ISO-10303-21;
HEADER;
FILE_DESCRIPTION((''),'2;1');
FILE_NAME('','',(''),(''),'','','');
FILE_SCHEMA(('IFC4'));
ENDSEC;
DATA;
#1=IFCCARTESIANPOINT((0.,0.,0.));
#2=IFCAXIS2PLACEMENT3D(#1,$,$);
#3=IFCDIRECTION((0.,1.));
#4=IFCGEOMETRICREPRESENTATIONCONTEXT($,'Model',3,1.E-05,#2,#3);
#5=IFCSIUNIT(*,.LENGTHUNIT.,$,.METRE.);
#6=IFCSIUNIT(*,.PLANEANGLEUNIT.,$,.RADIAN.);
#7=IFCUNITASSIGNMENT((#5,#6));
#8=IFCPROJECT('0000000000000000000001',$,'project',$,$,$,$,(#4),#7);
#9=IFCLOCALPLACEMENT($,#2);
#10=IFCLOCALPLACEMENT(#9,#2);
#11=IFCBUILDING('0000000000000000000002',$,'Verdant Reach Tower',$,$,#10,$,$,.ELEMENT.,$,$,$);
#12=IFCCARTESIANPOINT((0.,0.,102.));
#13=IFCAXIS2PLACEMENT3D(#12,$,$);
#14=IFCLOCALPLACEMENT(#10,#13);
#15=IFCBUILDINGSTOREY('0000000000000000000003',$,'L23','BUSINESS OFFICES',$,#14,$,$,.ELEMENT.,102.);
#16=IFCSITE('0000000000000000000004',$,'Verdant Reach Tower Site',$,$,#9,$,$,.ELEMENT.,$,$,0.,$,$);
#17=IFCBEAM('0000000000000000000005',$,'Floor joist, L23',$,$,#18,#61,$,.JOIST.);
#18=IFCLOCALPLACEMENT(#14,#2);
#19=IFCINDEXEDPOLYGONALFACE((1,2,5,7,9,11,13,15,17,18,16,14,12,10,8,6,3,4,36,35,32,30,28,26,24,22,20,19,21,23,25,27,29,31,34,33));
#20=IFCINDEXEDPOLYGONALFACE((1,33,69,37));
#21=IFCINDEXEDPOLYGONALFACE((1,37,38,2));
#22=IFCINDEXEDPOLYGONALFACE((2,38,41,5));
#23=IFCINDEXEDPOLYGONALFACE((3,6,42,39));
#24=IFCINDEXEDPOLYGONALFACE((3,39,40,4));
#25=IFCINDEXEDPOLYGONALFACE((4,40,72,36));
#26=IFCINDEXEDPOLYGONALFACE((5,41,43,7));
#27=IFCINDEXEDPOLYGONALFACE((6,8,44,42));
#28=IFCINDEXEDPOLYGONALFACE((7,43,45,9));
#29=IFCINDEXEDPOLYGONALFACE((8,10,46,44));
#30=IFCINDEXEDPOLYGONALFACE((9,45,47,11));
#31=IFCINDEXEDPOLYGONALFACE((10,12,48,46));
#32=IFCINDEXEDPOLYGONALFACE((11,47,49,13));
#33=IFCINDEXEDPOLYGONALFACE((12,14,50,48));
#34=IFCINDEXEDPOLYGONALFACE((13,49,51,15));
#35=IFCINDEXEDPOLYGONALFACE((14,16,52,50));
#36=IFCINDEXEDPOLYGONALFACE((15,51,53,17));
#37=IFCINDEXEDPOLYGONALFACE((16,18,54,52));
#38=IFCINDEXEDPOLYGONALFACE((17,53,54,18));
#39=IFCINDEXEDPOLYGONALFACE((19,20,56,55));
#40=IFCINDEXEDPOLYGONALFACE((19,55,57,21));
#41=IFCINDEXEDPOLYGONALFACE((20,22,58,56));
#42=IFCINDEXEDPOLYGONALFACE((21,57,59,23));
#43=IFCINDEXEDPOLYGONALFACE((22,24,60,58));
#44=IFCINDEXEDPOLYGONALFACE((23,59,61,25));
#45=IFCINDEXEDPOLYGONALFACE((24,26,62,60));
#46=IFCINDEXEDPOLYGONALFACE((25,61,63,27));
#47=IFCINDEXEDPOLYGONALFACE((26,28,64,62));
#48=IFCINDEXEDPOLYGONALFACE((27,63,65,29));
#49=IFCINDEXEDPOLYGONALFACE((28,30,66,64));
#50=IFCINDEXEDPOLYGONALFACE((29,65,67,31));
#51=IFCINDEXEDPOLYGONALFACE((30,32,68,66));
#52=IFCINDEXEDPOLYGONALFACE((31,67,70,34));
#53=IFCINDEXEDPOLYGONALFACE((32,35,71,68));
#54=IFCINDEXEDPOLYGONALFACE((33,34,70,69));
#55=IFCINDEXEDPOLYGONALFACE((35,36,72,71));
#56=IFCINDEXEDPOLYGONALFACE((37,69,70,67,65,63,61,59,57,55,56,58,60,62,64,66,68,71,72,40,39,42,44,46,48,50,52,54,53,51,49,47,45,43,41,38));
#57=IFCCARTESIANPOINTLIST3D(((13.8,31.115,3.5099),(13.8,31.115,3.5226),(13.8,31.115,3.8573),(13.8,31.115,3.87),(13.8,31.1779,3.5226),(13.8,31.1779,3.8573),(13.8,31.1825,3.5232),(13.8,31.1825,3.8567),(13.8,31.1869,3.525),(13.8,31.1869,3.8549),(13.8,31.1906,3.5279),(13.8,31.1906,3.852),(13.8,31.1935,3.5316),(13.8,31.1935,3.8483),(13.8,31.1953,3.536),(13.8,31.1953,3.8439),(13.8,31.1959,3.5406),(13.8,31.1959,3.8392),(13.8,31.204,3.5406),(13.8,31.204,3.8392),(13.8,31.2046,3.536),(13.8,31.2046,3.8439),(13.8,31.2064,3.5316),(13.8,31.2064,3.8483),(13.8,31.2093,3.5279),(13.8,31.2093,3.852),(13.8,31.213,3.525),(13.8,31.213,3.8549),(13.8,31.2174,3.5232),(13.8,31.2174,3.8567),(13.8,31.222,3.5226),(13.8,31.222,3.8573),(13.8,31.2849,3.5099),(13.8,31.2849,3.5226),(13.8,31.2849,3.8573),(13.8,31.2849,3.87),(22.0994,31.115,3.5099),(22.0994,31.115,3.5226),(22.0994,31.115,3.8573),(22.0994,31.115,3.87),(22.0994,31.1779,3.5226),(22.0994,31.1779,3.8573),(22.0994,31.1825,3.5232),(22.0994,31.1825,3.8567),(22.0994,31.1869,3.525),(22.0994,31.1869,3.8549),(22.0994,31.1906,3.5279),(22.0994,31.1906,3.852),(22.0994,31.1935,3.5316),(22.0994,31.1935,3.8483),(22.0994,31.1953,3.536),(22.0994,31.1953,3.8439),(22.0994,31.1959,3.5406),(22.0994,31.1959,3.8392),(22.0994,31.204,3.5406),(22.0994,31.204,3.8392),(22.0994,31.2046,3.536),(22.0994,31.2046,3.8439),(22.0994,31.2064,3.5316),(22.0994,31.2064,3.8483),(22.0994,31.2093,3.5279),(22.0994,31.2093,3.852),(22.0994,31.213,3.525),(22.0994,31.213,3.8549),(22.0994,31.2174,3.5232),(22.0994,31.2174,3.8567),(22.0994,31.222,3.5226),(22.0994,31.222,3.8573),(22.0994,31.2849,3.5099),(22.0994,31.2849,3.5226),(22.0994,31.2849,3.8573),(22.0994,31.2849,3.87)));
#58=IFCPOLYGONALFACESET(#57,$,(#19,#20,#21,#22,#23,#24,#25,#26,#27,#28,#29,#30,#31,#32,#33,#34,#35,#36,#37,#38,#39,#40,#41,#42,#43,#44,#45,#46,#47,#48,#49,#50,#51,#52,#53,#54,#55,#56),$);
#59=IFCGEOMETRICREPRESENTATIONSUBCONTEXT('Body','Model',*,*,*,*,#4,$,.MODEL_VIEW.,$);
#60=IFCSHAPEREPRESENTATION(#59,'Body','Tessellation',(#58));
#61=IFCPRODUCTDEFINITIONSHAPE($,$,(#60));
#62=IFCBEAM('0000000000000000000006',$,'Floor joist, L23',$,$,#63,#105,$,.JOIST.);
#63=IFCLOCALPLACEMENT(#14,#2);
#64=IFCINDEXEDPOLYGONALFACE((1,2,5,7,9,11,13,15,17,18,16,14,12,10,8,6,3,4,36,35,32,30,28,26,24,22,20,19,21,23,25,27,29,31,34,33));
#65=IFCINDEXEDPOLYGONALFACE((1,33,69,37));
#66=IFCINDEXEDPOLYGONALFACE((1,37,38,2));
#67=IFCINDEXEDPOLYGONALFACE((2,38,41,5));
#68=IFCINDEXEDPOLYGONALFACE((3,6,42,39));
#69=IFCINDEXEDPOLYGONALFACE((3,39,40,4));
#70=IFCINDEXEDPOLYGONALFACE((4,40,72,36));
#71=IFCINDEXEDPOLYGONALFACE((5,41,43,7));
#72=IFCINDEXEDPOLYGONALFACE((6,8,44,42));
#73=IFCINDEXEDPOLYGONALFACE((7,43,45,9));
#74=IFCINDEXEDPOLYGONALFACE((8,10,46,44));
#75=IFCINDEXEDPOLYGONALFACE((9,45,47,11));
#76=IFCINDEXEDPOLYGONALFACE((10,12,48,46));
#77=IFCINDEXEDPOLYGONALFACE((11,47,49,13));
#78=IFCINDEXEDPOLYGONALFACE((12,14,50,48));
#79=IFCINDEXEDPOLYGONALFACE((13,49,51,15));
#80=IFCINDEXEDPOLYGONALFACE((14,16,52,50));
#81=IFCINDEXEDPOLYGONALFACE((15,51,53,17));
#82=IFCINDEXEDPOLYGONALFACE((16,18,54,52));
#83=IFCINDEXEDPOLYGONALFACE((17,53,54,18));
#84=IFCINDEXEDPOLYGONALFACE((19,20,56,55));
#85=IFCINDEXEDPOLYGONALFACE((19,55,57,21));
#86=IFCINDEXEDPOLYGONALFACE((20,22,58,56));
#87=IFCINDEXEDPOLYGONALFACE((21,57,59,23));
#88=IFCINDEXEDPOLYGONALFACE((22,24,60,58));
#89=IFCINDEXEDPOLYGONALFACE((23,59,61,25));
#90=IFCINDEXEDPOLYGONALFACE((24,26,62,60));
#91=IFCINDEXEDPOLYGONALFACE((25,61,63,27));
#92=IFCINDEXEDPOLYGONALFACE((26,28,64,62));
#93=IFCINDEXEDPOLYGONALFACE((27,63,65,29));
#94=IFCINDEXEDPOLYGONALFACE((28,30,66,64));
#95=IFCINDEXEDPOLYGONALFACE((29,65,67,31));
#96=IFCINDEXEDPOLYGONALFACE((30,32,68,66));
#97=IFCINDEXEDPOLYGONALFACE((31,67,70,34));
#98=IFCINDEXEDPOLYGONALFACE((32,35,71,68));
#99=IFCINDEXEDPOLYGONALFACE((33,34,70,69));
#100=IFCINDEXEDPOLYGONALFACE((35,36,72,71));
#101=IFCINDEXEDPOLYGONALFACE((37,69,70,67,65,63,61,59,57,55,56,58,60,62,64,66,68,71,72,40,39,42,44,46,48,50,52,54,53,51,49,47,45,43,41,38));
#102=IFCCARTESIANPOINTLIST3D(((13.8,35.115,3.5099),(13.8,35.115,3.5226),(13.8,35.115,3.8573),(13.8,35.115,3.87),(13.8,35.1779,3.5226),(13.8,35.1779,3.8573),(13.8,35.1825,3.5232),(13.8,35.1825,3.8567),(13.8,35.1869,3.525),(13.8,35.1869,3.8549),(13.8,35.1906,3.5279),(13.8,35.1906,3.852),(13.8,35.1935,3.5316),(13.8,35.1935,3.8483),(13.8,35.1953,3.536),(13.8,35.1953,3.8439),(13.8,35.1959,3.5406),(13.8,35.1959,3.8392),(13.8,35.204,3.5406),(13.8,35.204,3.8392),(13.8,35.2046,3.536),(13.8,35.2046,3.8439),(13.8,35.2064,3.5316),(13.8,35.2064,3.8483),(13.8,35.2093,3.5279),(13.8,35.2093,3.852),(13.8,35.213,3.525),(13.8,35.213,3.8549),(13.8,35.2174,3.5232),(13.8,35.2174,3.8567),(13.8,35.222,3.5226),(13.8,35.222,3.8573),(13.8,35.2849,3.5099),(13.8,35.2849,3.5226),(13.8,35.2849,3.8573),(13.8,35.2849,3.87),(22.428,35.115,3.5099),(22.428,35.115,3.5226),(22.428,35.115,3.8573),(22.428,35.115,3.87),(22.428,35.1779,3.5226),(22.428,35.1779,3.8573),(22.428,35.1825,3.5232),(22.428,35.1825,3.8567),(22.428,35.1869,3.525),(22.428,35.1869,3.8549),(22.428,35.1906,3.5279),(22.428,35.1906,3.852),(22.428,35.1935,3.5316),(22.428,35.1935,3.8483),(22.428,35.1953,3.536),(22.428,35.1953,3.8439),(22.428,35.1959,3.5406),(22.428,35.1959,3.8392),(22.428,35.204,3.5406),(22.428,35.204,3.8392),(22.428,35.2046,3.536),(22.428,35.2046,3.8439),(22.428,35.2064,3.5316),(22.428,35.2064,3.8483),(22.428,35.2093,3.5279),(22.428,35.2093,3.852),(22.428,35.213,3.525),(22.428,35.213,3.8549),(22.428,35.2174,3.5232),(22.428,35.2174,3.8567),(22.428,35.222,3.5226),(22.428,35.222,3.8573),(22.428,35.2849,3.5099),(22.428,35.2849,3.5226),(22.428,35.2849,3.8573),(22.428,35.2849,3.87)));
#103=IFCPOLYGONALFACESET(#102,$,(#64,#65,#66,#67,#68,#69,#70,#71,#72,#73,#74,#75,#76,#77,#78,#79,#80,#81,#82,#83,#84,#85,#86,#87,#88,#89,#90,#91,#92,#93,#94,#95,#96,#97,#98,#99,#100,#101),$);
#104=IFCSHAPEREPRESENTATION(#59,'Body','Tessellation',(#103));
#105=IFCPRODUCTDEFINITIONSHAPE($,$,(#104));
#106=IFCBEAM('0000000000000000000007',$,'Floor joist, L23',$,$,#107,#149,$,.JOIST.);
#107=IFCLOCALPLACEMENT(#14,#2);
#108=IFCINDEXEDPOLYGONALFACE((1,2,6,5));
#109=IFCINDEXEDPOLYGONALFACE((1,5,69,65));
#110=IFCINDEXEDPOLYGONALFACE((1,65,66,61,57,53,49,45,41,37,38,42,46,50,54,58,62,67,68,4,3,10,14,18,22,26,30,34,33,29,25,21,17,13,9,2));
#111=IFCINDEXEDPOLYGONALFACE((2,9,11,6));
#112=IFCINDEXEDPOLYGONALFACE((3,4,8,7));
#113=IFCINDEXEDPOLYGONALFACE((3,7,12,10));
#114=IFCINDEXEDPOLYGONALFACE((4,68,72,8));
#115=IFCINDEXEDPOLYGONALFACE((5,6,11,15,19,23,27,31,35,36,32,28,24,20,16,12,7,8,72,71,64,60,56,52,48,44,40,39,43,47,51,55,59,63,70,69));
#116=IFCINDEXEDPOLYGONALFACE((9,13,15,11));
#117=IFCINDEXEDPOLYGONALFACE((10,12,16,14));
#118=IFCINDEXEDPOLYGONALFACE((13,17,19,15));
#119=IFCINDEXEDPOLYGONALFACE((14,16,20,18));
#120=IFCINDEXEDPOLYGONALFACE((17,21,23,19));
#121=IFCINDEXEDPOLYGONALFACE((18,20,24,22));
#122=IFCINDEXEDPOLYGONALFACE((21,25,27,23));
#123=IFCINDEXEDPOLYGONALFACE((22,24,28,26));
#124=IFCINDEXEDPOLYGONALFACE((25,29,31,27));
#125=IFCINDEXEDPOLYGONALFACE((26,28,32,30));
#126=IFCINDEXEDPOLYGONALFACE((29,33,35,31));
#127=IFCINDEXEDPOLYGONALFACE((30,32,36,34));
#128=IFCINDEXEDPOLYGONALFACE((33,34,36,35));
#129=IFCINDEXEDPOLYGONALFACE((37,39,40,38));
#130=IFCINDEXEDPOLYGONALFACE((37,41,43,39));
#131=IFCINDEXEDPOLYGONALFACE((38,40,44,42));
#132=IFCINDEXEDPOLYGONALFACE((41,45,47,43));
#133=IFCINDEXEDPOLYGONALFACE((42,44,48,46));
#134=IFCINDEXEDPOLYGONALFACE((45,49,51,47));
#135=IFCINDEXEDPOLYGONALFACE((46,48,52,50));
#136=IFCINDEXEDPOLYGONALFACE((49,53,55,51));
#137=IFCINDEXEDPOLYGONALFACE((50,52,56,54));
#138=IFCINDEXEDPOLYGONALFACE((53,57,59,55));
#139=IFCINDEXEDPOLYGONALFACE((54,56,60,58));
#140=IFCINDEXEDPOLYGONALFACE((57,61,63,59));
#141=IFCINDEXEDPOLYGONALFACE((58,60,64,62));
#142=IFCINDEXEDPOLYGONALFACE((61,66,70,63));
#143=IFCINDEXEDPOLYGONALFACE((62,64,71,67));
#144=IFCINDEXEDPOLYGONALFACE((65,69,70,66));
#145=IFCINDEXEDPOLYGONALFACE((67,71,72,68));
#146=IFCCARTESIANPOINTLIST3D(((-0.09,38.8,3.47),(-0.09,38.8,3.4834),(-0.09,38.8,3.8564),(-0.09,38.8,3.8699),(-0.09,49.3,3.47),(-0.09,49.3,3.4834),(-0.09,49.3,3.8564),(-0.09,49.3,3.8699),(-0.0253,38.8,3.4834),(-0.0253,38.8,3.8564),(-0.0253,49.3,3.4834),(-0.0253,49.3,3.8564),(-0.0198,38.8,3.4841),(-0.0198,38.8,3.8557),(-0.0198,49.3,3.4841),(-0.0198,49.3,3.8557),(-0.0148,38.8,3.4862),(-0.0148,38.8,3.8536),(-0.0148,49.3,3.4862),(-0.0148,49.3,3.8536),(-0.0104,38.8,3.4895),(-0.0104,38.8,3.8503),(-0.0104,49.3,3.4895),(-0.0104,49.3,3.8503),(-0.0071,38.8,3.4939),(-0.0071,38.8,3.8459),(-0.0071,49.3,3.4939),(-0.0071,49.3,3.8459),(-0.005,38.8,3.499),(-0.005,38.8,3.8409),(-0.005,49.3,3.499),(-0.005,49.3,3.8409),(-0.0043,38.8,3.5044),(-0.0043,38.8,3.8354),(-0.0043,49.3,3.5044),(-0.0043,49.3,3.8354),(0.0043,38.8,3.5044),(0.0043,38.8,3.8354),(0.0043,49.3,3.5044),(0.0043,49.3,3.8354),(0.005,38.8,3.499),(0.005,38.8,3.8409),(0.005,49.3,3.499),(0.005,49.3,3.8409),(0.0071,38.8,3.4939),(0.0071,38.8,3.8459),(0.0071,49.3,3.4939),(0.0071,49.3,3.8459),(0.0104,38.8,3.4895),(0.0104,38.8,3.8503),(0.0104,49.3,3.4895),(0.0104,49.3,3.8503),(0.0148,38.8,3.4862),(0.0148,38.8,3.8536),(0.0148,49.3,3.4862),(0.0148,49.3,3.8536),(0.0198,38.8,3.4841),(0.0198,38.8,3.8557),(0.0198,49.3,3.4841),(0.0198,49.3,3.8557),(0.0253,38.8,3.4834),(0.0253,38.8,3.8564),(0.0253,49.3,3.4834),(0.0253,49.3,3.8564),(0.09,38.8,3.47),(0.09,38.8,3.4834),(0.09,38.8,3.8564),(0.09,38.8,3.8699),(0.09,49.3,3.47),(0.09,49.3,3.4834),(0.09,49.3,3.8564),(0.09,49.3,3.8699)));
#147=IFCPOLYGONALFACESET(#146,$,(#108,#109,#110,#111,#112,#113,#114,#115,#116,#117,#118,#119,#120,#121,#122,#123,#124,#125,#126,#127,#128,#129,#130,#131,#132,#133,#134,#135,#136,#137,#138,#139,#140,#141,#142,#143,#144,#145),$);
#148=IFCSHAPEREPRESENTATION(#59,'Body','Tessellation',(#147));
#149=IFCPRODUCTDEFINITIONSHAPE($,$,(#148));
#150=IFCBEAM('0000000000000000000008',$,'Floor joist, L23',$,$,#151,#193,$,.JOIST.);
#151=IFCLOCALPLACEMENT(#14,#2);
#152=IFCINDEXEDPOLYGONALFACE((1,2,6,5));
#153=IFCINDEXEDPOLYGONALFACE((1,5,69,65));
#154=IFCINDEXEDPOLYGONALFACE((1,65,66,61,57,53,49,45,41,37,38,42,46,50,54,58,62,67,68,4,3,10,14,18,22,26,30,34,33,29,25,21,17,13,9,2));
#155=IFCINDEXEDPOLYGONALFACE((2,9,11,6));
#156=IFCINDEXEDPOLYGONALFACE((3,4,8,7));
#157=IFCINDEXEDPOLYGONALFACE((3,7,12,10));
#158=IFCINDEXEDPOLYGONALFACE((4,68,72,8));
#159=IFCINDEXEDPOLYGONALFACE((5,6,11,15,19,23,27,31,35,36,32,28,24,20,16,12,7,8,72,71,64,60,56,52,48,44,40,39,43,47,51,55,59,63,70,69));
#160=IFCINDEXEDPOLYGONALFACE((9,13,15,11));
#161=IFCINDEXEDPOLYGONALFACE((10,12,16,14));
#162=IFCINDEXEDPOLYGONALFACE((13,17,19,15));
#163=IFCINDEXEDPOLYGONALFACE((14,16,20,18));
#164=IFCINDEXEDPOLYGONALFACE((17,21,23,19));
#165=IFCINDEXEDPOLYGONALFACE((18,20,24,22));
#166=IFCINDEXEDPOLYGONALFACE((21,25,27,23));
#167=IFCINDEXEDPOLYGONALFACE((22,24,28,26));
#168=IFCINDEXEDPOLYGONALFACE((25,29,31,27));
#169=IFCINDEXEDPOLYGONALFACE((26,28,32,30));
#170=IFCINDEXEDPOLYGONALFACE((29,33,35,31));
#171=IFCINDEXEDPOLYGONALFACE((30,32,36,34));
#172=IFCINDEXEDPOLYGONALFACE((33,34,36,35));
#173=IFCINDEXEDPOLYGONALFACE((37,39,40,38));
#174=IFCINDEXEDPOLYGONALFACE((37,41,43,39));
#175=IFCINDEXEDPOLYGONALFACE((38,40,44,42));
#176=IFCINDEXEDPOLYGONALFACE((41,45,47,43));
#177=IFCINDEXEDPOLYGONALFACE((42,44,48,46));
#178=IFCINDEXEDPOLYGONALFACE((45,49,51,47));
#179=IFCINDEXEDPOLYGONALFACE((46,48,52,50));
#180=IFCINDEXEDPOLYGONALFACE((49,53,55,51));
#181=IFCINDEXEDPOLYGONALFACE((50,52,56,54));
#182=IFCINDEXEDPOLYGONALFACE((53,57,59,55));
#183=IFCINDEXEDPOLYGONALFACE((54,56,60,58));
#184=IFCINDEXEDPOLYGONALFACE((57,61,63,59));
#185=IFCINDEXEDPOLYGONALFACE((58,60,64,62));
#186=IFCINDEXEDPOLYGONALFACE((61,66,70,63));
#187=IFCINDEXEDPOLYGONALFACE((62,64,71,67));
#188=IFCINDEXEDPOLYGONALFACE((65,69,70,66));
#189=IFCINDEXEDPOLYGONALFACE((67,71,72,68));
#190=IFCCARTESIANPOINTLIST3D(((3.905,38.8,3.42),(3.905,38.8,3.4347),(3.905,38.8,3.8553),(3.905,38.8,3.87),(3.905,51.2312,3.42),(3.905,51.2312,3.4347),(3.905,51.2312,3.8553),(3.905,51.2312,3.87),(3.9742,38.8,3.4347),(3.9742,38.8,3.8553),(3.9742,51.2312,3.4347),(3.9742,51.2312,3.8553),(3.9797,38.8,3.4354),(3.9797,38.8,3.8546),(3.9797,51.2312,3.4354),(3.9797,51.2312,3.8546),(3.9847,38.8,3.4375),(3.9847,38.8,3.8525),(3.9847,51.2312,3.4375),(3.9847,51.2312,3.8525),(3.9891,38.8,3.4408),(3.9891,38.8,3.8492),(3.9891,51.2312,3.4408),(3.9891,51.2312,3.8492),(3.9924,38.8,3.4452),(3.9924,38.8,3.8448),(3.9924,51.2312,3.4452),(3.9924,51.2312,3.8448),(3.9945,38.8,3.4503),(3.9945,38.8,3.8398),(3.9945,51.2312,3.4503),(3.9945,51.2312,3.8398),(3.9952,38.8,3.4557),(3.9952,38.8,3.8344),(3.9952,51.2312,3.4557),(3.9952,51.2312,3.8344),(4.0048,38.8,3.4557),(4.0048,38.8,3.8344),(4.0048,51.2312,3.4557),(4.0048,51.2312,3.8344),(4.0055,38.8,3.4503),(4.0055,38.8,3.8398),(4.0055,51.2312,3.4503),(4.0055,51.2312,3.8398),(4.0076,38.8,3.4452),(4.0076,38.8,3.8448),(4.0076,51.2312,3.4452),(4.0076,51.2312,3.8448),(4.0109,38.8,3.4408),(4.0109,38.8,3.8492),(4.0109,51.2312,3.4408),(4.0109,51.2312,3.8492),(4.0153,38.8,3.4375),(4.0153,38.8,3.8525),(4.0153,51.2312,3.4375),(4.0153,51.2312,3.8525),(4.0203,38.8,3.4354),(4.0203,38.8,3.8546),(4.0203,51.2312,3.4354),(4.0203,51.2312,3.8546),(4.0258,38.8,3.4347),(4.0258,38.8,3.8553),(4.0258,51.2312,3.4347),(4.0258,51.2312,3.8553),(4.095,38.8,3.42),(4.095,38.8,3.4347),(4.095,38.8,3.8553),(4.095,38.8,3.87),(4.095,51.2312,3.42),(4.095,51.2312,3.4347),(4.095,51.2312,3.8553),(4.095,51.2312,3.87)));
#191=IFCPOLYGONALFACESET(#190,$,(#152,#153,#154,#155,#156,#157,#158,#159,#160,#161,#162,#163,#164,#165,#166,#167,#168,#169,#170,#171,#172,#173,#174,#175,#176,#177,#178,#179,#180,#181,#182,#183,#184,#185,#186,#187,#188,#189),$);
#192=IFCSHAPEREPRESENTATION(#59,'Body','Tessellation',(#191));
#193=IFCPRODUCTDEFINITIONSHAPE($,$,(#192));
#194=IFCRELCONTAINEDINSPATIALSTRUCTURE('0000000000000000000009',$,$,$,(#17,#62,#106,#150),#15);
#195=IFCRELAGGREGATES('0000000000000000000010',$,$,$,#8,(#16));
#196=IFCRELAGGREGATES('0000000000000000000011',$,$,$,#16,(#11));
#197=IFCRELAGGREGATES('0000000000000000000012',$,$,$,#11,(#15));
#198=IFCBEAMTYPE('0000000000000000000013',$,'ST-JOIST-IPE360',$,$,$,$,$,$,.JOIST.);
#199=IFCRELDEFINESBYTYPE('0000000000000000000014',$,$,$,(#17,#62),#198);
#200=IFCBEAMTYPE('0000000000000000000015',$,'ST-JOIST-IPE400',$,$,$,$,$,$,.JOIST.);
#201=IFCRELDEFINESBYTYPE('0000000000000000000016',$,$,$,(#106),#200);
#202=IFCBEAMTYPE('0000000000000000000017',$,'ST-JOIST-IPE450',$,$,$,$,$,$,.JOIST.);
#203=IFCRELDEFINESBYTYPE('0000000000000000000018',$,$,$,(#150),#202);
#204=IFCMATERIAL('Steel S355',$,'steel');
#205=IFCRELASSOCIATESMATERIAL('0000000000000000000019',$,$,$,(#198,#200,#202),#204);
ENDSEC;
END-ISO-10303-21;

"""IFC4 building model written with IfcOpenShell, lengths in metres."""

from ifc_helpers import new_model, si_unit, direction, frame, origin, origin_2d, place, context, subcontext, project, spatial, i_section, extrude, material, material_profile, profile_set, type_object, element, save


model = new_model("IFC4")

# Units and contexts
model_context = context("Model", 3, precision=1e-05, world=origin(), true_north=direction((0.0, 1.0)))
body_context = subcontext(model_context, "Body", "Model", "MODEL_VIEW")
ifc_project = project(units=[si_unit("LENGTHUNIT", "METRE"), si_unit("PLANEANGLEUNIT", "RADIAN")], contexts=[model_context])

# Site, building, storey
site_placement = place(None, origin())
site = spatial("IfcSite", under=ifc_project, at=site_placement, Name="Verdant Reach Tower Site", CompositionType="ELEMENT", RefElevation=0.0)
building_placement = place(site_placement, origin())
building = spatial("IfcBuilding", under=site, at=building_placement, Name="Verdant Reach Tower", CompositionType="ELEMENT")
storey_placement = place(building_placement, frame((0.0, 0.0, 102.0)))
storey = spatial("IfcBuildingStorey", under=building, at=storey_placement, Name="L23", Description="BUSINESS OFFICES", CompositionType="ELEMENT", Elevation=102.0)

# Beams
ifc_material_1 = material(Name="Steel S355", Category="steel")
ifc_material_profile_1 = material_profile(ifc_material_1, i_section(OverallWidth=0.1699, OverallDepth=0.3601, WebThickness=0.0081, FlangeThickness=0.0127, FilletRadius=0.0181, at=origin_2d()), Name="IPE 360")
ifc_profile_set_1 = profile_set([ifc_material_profile_1], Name="Steel S355")
beam_type_1 = type_object("IfcBeamType", Name="ST-JOIST-IPE360", PredefinedType="JOIST", material=ifc_profile_set_1)
beam_1_placement = place(storey_placement, frame((13.8, 31.2, 3.6899), z_axis=(1.0, 0.0, 0.0), x_axis=(0.0, 1.0, 0.0)))
element("IfcBeam", 1, at=beam_1_placement, inside=storey, type_object=beam_type_1, Name="Floor joist, L23", PredefinedType="JOIST", context=body_context, shape_type="SweptSolid", body=[
    extrude(i_section(OverallWidth=0.1699, OverallDepth=0.3601, WebThickness=0.0081, FlangeThickness=0.0127, FilletRadius=0.0181, at=origin_2d()), origin(), (0.0, 0.0, 1.0), 8.2993),
])
beam_2_placement = place(storey_placement, frame((13.8, 35.2, 3.6899), z_axis=(1.0, 0.0, 0.0), x_axis=(0.0, 1.0, 0.0)))
element("IfcBeam", 2, at=beam_2_placement, inside=storey, type_object=beam_type_1, Name="Floor joist, L23", PredefinedType="JOIST", context=body_context, shape_type="SweptSolid", body=[
    extrude(i_section(OverallWidth=0.1699, OverallDepth=0.3601, WebThickness=0.0081, FlangeThickness=0.0127, FilletRadius=0.0181, at=origin_2d()), origin(), (0.0, 0.0, 1.0), 8.6279),
])
ifc_material_profile_2 = material_profile(ifc_material_1, i_section(OverallWidth=0.1799, OverallDepth=0.3999, WebThickness=0.0085, FlangeThickness=0.0134, FilletRadius=0.021, at=origin_2d()), Name="IPE 400")
ifc_profile_set_2 = profile_set([ifc_material_profile_2], Name="Steel S355")
beam_type_2 = type_object("IfcBeamType", Name="ST-JOIST-IPE400", PredefinedType="JOIST", material=ifc_profile_set_2)
beam_3_placement = place(storey_placement, frame((0.0, 38.8, 3.6699), z_axis=(0.0, 1.0, 0.0), x_axis=(-1.0, 0.0, 0.0)))
element("IfcBeam", 3, at=beam_3_placement, inside=storey, type_object=beam_type_2, Name="Floor joist, L23", PredefinedType="JOIST", context=body_context, shape_type="SweptSolid", body=[
    extrude(i_section(OverallWidth=0.1799, OverallDepth=0.3999, WebThickness=0.0085, FlangeThickness=0.0134, FilletRadius=0.021, at=origin_2d()), origin(), (0.0, 0.0, 1.0), 10.5),
])
ifc_material_profile_3 = material_profile(ifc_material_1, i_section(OverallWidth=0.1899, OverallDepth=0.45, WebThickness=0.0095, FlangeThickness=0.0146, FilletRadius=0.021, at=origin_2d()), Name="IPE 450")
ifc_profile_set_3 = profile_set([ifc_material_profile_3], Name="Steel S355")
beam_type_3 = type_object("IfcBeamType", Name="ST-JOIST-IPE450", PredefinedType="JOIST", material=ifc_profile_set_3)
beam_4_placement = place(storey_placement, frame((4.0, 38.8, 3.645), z_axis=(0.0, 1.0, 0.0), x_axis=(-1.0, 0.0, 0.0)))
element("IfcBeam", 4, at=beam_4_placement, inside=storey, type_object=beam_type_3, Name="Floor joist, L23", PredefinedType="JOIST", context=body_context, shape_type="SweptSolid", body=[
    extrude(i_section(OverallWidth=0.1899, OverallDepth=0.45, WebThickness=0.0095, FlangeThickness=0.0146, FilletRadius=0.021, at=origin_2d()), origin(), (0.0, 0.0, 1.0), 12.4312),
])

save(model, "model.ifc")
